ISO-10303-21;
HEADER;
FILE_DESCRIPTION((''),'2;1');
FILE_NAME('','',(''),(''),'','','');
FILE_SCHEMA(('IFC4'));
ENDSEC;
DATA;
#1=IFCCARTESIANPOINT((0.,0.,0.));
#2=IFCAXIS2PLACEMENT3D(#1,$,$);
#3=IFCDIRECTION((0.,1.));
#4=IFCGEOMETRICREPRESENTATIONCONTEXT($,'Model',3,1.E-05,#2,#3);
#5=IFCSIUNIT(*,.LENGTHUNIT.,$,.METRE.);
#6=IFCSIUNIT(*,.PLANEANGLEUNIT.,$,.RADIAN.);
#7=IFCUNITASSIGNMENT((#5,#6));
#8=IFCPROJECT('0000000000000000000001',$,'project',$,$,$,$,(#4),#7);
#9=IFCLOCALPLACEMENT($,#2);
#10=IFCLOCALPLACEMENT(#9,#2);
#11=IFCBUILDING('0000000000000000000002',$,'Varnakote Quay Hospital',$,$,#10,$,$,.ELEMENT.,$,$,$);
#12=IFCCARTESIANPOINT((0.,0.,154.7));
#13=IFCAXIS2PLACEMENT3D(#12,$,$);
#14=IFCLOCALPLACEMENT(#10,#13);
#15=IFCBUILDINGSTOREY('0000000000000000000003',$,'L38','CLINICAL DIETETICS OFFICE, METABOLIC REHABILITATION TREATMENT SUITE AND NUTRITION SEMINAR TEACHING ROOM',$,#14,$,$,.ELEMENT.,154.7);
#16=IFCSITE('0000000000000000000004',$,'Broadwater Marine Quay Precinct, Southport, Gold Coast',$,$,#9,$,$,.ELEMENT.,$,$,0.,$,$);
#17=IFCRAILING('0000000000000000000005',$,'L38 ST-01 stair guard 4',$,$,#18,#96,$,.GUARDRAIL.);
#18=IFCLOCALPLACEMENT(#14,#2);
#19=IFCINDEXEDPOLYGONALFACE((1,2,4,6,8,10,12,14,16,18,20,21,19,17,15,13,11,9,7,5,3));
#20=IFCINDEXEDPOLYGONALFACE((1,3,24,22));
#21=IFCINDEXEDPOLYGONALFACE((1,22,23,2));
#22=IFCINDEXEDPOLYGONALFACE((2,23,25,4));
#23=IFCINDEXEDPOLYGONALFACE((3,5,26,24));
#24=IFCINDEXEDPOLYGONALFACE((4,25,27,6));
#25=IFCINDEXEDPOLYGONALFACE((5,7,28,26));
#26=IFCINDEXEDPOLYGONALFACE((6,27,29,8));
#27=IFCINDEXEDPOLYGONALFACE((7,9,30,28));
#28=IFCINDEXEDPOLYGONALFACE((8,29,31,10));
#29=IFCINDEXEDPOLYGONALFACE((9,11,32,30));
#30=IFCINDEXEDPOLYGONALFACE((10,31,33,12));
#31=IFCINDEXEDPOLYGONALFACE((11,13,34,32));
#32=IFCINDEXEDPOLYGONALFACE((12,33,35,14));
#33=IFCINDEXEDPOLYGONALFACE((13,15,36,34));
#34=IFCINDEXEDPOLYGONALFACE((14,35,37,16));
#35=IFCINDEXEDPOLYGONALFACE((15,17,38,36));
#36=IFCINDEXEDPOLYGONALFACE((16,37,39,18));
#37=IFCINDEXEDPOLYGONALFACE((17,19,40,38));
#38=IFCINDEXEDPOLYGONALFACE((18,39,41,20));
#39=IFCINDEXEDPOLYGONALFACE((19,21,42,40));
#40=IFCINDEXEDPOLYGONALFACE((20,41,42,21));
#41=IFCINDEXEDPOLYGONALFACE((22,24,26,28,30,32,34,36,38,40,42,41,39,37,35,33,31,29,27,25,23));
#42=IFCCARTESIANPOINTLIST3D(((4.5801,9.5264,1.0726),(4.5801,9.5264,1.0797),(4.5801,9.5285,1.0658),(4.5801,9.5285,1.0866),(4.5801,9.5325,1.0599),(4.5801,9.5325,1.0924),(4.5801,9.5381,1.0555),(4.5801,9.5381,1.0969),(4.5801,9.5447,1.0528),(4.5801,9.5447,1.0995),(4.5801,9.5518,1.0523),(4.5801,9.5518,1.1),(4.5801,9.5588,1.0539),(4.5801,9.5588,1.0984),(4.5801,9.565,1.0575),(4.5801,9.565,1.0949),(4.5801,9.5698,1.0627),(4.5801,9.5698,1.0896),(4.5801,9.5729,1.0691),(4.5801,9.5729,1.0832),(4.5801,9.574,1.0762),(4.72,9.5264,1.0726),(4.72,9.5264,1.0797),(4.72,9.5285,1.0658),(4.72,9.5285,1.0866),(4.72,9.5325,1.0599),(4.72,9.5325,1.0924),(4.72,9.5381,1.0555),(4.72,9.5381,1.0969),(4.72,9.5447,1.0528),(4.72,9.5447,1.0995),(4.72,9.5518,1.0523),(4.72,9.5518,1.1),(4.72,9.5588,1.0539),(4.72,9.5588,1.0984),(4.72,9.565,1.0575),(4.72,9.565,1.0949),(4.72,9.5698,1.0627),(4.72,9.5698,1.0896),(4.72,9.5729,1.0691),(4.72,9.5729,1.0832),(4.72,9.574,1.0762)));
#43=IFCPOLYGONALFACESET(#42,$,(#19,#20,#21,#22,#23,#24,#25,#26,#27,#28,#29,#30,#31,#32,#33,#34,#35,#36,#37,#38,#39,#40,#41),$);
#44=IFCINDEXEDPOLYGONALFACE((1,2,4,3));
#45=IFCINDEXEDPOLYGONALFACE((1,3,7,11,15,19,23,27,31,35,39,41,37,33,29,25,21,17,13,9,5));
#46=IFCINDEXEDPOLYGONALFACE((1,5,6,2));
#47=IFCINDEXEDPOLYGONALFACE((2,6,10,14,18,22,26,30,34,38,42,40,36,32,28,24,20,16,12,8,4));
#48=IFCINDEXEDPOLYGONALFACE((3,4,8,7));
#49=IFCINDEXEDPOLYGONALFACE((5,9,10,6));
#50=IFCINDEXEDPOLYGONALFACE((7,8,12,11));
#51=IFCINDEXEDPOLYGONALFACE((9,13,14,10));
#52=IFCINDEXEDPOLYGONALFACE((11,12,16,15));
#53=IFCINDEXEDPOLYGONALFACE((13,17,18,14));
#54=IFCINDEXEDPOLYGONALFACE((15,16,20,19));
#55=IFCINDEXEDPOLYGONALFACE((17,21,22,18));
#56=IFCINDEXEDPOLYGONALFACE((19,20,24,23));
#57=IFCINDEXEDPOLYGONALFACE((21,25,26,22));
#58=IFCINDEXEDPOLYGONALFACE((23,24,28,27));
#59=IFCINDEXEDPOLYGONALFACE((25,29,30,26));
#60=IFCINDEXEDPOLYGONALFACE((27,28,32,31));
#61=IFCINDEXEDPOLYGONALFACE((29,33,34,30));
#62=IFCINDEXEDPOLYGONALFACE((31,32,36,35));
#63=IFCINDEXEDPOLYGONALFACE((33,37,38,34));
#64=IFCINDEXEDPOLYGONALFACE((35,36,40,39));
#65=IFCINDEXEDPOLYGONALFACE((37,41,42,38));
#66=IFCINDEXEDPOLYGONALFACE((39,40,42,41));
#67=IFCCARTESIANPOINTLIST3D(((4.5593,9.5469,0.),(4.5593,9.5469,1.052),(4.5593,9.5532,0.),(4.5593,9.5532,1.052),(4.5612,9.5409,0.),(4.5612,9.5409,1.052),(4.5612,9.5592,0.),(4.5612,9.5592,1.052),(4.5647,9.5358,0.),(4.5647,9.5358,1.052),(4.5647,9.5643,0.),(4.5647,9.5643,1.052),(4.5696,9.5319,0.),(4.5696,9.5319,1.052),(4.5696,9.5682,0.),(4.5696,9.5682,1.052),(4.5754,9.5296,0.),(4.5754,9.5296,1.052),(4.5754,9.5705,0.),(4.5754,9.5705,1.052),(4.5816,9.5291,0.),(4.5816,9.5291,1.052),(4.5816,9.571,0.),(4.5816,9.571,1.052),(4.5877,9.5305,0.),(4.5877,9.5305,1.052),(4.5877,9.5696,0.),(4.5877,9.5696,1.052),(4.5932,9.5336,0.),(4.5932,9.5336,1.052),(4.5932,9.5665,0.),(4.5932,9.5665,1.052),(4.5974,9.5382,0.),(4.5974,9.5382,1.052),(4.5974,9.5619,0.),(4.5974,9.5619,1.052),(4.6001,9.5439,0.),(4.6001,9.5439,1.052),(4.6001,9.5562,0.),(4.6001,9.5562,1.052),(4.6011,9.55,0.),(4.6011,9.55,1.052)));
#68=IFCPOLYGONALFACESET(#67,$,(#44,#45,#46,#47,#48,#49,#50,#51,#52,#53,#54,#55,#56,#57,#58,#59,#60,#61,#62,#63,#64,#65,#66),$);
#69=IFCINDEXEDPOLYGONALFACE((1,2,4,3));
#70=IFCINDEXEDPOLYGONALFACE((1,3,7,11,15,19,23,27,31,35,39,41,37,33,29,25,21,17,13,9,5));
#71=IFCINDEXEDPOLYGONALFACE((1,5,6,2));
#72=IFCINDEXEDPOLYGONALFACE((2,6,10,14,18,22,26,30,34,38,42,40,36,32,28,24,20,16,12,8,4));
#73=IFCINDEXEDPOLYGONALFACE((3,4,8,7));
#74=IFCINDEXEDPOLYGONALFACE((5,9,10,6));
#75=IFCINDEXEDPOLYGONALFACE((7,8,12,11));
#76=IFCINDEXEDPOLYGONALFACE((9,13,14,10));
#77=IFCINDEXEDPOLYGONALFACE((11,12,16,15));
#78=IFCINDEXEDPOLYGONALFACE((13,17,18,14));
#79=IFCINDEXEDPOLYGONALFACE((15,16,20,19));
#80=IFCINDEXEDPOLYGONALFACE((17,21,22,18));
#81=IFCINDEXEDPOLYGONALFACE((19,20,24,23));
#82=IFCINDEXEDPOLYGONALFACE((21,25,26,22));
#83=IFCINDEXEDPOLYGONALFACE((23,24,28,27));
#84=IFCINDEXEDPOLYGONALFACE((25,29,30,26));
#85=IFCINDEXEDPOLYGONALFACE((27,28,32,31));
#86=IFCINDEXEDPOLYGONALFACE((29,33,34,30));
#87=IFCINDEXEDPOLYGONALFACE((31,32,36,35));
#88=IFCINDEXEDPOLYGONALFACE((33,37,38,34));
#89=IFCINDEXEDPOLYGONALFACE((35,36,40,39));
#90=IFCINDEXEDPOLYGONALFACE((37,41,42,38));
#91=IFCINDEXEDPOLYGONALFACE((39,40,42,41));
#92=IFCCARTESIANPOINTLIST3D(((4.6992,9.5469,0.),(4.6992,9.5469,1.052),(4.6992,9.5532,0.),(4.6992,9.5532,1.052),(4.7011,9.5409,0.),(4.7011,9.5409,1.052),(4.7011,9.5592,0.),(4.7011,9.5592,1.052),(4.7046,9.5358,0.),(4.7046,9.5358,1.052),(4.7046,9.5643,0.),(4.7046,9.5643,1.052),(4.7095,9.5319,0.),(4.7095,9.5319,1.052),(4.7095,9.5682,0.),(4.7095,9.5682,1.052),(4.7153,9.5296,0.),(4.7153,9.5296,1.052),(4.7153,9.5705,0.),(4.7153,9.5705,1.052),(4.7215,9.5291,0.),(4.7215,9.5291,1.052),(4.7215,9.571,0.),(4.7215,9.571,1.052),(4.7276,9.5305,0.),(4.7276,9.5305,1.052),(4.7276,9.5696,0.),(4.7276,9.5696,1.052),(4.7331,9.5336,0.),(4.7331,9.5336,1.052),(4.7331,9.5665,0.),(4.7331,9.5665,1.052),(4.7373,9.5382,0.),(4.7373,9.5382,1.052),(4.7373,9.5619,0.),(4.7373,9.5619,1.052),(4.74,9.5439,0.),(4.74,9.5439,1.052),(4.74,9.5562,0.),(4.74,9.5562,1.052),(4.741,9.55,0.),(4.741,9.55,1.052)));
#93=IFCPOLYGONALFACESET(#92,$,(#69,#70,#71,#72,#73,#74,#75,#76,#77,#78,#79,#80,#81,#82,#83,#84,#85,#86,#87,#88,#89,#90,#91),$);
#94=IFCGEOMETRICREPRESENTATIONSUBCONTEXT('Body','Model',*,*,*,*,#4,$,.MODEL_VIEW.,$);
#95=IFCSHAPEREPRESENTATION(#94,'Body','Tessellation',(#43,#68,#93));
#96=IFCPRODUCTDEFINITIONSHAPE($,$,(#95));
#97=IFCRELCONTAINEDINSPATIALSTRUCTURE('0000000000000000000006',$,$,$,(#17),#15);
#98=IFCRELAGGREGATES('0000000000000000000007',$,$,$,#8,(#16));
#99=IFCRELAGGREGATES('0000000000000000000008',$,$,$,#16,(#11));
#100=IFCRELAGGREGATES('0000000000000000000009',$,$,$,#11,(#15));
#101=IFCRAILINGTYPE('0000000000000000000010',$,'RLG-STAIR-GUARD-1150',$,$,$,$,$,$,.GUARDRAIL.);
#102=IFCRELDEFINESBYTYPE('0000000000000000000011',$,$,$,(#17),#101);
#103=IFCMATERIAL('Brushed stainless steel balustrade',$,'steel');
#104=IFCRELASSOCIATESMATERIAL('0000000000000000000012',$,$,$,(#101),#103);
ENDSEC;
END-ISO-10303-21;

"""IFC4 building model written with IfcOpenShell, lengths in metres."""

from ifc_helpers import new_model, si_unit, direction, frame, origin, origin_2d, place, context, subcontext, project, spatial, circle, extrude, material, type_object, element, save


model = new_model("IFC4")

# Units and contexts
model_context = context("Model", 3, precision=1e-05, world=origin(), true_north=direction((0.0, 1.0)))
body_context = subcontext(model_context, "Body", "Model", "MODEL_VIEW")
ifc_project = project(units=[si_unit("LENGTHUNIT", "METRE"), si_unit("PLANEANGLEUNIT", "RADIAN")], contexts=[model_context])

# Site, building, storey
site_placement = place(None, origin())
site = spatial("IfcSite", under=ifc_project, at=site_placement, Name="Broadwater Marine Quay Precinct, Southport, Gold Coast", CompositionType="ELEMENT", RefElevation=0.0)
building_placement = place(site_placement, origin())
building = spatial("IfcBuilding", under=site, at=building_placement, Name="Varnakote Quay Hospital", CompositionType="ELEMENT")
storey_placement = place(building_placement, frame((0.0, 0.0, 154.7)))
storey = spatial("IfcBuildingStorey", under=building, at=storey_placement, Name="L38", Description="CLINICAL DIETETICS OFFICE, METABOLIC REHABILITATION TREATMENT SUITE AND NUTRITION SEMINAR TEACHING ROOM", CompositionType="ELEMENT", Elevation=154.7)

# Railing
ifc_material_1 = material(Name="Brushed stainless steel balustrade", Category="steel")
railing_type_1 = type_object("IfcRailingType", Name="RLG-STAIR-GUARD-1150", PredefinedType="GUARDRAIL", material=ifc_material_1)
railing_1_placement = place(storey_placement, frame((4.5801, 9.55, 0.0)))
element("IfcRailing", 1, at=railing_1_placement, inside=storey, type_object=railing_type_1, Name="L38 ST-01 stair guard 4", PredefinedType="GUARDRAIL", context=body_context, shape_type="SweptSolid", body=[
    extrude(circle(Radius=0.0239, at=origin_2d()), frame((0.0, 0.0, 1.0762), z_axis=(1.0, 0.0, 0.0), x_axis=(0.0, 1.0, 0.0)), (0.0, 0.0, 1.0), 0.1399),
    extrude(circle(Radius=0.021, at=origin_2d()), origin(), (0.0, 0.0, 1.0), 1.052),
    extrude(circle(Radius=0.021, at=origin_2d()), frame((0.1399, 0.0, 0.0)), (0.0, 0.0, 1.0), 1.052),
])

save(model, "model.ifc")
